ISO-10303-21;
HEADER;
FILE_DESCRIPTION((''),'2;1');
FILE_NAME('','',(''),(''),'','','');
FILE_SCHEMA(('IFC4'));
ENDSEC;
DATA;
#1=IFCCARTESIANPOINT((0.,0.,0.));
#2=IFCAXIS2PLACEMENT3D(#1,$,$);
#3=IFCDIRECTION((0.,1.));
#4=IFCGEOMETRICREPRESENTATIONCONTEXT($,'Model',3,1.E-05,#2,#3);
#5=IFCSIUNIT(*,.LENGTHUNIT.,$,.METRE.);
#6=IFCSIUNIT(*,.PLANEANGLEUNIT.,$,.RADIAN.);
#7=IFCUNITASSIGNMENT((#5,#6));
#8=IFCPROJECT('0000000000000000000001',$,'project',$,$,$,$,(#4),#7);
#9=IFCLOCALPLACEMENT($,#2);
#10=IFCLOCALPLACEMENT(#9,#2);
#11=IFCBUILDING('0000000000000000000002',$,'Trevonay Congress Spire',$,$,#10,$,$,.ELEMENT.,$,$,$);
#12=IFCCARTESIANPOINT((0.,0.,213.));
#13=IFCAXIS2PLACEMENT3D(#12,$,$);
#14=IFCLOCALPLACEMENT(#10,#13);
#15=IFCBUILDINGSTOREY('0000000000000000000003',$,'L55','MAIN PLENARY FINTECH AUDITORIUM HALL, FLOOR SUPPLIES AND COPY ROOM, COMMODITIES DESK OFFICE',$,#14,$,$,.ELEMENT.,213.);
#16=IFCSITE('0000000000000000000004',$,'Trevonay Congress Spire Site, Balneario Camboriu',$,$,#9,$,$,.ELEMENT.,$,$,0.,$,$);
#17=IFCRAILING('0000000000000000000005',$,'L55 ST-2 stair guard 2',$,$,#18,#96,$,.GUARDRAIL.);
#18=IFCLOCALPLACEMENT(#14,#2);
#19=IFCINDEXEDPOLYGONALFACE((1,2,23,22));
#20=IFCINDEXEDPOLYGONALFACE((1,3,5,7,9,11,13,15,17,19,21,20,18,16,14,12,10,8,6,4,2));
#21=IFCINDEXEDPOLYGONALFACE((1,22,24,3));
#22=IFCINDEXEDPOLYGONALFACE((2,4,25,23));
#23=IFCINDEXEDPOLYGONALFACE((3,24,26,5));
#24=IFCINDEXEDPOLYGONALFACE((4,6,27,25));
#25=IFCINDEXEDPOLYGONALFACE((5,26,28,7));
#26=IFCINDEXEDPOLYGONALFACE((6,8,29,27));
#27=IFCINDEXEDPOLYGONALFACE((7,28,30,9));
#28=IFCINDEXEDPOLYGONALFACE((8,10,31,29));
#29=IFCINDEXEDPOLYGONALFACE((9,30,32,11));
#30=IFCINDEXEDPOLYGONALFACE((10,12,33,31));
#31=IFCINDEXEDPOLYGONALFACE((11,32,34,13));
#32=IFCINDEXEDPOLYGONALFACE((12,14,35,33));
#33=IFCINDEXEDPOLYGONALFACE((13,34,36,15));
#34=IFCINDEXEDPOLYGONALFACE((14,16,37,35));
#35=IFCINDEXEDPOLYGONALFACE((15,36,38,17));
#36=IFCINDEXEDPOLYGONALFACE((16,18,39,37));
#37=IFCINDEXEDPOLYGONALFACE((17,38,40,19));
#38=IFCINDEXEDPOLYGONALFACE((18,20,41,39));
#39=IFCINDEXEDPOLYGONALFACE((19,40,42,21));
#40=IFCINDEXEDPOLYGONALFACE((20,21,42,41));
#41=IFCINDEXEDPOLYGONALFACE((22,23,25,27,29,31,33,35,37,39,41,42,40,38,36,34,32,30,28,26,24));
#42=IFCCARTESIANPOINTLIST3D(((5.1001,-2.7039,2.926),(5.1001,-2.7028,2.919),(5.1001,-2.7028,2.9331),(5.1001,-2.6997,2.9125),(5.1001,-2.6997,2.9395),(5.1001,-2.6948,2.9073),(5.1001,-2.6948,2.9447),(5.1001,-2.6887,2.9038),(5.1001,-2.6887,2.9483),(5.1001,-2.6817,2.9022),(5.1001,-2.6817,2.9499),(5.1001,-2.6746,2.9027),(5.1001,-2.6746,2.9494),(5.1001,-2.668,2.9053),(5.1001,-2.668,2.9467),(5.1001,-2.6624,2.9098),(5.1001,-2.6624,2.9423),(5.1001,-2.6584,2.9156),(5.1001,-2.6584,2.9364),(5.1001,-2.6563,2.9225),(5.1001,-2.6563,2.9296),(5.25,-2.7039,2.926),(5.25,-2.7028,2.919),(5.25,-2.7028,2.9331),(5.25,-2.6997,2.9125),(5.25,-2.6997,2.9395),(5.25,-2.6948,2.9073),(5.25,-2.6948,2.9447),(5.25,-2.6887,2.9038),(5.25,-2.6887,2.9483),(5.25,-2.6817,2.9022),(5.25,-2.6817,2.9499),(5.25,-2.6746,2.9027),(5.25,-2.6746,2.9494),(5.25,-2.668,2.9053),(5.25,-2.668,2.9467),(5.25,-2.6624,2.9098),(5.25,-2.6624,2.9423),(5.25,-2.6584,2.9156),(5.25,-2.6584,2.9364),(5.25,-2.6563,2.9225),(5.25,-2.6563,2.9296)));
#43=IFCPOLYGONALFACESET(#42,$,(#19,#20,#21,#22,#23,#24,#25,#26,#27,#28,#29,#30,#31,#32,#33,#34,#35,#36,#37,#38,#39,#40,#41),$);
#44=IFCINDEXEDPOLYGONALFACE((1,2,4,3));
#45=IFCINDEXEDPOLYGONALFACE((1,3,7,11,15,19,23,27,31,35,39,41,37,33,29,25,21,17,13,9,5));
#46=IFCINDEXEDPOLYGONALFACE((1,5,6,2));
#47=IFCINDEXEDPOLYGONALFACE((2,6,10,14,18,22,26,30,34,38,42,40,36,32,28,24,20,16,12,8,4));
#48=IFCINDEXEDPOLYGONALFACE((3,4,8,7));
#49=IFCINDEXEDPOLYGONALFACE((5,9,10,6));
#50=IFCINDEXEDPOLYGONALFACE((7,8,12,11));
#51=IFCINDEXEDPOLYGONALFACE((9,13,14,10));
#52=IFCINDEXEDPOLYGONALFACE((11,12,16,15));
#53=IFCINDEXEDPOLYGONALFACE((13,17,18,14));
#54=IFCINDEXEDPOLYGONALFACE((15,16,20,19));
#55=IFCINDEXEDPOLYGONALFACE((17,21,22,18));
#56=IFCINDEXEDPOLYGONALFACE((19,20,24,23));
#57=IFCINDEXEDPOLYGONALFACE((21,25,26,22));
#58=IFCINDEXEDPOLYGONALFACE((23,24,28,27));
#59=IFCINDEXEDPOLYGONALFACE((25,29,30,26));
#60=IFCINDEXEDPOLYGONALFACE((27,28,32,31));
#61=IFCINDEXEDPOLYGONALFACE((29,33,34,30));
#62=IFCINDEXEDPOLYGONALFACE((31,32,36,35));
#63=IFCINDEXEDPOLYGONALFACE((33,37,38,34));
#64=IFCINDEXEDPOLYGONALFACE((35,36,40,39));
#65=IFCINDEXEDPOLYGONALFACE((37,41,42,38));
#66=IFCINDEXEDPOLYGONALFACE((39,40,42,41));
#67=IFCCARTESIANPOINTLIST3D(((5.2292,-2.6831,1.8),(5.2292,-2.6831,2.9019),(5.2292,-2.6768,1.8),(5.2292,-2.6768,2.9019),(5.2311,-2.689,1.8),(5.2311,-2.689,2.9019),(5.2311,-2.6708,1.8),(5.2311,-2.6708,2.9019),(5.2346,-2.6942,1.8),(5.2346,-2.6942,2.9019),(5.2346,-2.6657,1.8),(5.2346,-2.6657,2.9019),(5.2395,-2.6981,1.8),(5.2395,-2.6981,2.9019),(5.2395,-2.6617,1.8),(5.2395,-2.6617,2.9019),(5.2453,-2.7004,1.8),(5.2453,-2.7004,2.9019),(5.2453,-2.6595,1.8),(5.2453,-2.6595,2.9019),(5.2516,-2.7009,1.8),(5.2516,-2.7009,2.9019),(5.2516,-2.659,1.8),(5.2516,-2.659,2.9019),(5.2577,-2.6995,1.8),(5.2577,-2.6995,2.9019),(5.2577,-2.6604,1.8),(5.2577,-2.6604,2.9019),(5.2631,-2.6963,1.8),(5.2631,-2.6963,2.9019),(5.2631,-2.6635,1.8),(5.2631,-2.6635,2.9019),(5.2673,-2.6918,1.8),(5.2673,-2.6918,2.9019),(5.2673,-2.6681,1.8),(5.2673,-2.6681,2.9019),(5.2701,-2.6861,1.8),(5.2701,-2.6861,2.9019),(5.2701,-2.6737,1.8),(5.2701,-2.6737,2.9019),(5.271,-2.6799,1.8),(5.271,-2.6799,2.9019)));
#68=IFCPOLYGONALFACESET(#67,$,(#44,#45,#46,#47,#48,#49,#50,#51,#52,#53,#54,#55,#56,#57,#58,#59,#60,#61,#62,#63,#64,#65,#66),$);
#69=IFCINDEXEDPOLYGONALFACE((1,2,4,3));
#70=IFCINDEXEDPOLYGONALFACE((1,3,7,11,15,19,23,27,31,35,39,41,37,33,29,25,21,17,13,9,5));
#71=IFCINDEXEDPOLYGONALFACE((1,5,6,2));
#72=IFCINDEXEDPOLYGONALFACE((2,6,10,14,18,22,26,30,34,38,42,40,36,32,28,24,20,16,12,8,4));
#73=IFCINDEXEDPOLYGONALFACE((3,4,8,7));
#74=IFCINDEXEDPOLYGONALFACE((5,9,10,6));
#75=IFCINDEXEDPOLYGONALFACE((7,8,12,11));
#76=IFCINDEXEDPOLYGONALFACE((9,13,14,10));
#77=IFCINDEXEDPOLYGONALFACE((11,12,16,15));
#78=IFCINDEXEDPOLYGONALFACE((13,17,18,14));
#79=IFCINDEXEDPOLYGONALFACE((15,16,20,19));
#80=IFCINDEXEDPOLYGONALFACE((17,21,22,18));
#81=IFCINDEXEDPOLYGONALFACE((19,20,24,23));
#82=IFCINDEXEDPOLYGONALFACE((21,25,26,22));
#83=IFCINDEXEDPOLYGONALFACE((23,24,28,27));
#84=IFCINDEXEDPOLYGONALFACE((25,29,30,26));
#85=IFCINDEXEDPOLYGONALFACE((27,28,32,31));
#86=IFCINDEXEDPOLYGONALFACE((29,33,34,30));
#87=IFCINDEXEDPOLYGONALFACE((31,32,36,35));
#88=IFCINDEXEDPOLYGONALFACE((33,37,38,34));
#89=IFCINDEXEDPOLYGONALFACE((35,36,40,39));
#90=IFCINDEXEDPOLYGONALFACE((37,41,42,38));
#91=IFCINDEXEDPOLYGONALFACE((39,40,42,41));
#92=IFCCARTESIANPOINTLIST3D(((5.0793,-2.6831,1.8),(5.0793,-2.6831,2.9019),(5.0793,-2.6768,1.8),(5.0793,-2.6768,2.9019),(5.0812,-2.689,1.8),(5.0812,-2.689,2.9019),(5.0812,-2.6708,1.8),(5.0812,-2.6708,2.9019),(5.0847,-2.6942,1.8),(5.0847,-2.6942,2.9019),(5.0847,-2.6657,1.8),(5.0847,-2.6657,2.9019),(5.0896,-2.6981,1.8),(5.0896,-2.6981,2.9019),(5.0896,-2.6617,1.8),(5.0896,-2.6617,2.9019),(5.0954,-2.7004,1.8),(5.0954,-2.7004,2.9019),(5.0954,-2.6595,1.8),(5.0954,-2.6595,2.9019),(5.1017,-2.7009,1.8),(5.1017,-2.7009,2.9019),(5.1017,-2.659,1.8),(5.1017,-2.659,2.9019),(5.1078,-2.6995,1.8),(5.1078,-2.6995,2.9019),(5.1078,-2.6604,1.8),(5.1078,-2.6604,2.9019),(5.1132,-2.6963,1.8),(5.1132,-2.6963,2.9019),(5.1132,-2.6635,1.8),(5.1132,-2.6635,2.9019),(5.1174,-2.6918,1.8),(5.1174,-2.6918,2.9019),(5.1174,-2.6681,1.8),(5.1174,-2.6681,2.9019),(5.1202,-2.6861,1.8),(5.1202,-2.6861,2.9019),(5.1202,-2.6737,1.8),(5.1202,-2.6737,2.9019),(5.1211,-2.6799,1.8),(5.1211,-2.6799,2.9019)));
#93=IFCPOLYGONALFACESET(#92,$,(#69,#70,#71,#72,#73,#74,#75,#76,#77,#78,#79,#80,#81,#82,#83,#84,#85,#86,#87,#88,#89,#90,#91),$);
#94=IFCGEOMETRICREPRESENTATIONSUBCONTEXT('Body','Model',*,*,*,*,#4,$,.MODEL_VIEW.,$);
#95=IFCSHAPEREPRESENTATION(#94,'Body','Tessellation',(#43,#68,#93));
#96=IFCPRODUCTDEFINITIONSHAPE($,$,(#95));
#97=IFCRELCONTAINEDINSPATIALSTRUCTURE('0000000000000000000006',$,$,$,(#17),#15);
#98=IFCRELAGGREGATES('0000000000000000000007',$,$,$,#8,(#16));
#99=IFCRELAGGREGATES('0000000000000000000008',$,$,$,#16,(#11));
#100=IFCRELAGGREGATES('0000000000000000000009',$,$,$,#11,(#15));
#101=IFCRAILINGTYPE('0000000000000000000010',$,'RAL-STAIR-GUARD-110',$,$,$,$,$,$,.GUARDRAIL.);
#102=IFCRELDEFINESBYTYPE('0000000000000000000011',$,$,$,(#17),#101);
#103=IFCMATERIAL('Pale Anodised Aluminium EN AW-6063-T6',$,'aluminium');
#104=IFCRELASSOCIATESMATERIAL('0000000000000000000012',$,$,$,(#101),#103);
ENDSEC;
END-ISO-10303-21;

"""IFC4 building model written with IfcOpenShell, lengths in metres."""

from ifc_helpers import new_model, si_unit, direction, frame, origin, origin_2d, place, context, subcontext, project, spatial, circle, extrude, material, type_object, element, save


model = new_model("IFC4")

# Units and contexts
model_context = context("Model", 3, precision=1e-05, world=origin(), true_north=direction((0.0, 1.0)))
body_context = subcontext(model_context, "Body", "Model", "MODEL_VIEW")
ifc_project = project(units=[si_unit("LENGTHUNIT", "METRE"), si_unit("PLANEANGLEUNIT", "RADIAN")], contexts=[model_context])

# Site, building, storey
site_placement = place(None, origin())
site = spatial("IfcSite", under=ifc_project, at=site_placement, Name="Trevonay Congress Spire Site, Balneario Camboriu", CompositionType="ELEMENT", RefElevation=0.0)
building_placement = place(site_placement, origin())
building = spatial("IfcBuilding", under=site, at=building_placement, Name="Trevonay Congress Spire", CompositionType="ELEMENT")
storey_placement = place(building_placement, frame((0.0, 0.0, 213.0)))
storey = spatial("IfcBuildingStorey", under=building, at=storey_placement, Name="L55", Description="MAIN PLENARY FINTECH AUDITORIUM HALL, FLOOR SUPPLIES AND COPY ROOM, COMMODITIES DESK OFFICE", CompositionType="ELEMENT", Elevation=213.0)

# Railing
ifc_material_1 = material(Name="Pale Anodised Aluminium EN AW-6063-T6", Category="aluminium")
railing_type_1 = type_object("IfcRailingType", Name="RAL-STAIR-GUARD-110", PredefinedType="GUARDRAIL", material=ifc_material_1)
railing_1_placement = place(storey_placement, frame((5.25, -2.6799, 1.8)))
element("IfcRailing", 1, at=railing_1_placement, inside=storey, type_object=railing_type_1, Name="L55 ST-2 stair guard 2", PredefinedType="GUARDRAIL", context=body_context, shape_type="SweptSolid", body=[
    extrude(circle(Radius=0.0239, at=origin_2d()), frame((0.0, 0.0, 1.126), z_axis=(-1.0, 0.0, 0.0), x_axis=(0.0, -1.0, 0.0)), (0.0, 0.0, 1.0), 0.1499),
    extrude(circle(Radius=0.021, at=origin_2d()), origin(), (0.0, 0.0, 1.0), 1.1018),
    extrude(circle(Radius=0.021, at=origin_2d()), frame((-0.1499, 0.0, 0.0)), (0.0, 0.0, 1.0), 1.1018),
])

save(model, "model.ifc")
